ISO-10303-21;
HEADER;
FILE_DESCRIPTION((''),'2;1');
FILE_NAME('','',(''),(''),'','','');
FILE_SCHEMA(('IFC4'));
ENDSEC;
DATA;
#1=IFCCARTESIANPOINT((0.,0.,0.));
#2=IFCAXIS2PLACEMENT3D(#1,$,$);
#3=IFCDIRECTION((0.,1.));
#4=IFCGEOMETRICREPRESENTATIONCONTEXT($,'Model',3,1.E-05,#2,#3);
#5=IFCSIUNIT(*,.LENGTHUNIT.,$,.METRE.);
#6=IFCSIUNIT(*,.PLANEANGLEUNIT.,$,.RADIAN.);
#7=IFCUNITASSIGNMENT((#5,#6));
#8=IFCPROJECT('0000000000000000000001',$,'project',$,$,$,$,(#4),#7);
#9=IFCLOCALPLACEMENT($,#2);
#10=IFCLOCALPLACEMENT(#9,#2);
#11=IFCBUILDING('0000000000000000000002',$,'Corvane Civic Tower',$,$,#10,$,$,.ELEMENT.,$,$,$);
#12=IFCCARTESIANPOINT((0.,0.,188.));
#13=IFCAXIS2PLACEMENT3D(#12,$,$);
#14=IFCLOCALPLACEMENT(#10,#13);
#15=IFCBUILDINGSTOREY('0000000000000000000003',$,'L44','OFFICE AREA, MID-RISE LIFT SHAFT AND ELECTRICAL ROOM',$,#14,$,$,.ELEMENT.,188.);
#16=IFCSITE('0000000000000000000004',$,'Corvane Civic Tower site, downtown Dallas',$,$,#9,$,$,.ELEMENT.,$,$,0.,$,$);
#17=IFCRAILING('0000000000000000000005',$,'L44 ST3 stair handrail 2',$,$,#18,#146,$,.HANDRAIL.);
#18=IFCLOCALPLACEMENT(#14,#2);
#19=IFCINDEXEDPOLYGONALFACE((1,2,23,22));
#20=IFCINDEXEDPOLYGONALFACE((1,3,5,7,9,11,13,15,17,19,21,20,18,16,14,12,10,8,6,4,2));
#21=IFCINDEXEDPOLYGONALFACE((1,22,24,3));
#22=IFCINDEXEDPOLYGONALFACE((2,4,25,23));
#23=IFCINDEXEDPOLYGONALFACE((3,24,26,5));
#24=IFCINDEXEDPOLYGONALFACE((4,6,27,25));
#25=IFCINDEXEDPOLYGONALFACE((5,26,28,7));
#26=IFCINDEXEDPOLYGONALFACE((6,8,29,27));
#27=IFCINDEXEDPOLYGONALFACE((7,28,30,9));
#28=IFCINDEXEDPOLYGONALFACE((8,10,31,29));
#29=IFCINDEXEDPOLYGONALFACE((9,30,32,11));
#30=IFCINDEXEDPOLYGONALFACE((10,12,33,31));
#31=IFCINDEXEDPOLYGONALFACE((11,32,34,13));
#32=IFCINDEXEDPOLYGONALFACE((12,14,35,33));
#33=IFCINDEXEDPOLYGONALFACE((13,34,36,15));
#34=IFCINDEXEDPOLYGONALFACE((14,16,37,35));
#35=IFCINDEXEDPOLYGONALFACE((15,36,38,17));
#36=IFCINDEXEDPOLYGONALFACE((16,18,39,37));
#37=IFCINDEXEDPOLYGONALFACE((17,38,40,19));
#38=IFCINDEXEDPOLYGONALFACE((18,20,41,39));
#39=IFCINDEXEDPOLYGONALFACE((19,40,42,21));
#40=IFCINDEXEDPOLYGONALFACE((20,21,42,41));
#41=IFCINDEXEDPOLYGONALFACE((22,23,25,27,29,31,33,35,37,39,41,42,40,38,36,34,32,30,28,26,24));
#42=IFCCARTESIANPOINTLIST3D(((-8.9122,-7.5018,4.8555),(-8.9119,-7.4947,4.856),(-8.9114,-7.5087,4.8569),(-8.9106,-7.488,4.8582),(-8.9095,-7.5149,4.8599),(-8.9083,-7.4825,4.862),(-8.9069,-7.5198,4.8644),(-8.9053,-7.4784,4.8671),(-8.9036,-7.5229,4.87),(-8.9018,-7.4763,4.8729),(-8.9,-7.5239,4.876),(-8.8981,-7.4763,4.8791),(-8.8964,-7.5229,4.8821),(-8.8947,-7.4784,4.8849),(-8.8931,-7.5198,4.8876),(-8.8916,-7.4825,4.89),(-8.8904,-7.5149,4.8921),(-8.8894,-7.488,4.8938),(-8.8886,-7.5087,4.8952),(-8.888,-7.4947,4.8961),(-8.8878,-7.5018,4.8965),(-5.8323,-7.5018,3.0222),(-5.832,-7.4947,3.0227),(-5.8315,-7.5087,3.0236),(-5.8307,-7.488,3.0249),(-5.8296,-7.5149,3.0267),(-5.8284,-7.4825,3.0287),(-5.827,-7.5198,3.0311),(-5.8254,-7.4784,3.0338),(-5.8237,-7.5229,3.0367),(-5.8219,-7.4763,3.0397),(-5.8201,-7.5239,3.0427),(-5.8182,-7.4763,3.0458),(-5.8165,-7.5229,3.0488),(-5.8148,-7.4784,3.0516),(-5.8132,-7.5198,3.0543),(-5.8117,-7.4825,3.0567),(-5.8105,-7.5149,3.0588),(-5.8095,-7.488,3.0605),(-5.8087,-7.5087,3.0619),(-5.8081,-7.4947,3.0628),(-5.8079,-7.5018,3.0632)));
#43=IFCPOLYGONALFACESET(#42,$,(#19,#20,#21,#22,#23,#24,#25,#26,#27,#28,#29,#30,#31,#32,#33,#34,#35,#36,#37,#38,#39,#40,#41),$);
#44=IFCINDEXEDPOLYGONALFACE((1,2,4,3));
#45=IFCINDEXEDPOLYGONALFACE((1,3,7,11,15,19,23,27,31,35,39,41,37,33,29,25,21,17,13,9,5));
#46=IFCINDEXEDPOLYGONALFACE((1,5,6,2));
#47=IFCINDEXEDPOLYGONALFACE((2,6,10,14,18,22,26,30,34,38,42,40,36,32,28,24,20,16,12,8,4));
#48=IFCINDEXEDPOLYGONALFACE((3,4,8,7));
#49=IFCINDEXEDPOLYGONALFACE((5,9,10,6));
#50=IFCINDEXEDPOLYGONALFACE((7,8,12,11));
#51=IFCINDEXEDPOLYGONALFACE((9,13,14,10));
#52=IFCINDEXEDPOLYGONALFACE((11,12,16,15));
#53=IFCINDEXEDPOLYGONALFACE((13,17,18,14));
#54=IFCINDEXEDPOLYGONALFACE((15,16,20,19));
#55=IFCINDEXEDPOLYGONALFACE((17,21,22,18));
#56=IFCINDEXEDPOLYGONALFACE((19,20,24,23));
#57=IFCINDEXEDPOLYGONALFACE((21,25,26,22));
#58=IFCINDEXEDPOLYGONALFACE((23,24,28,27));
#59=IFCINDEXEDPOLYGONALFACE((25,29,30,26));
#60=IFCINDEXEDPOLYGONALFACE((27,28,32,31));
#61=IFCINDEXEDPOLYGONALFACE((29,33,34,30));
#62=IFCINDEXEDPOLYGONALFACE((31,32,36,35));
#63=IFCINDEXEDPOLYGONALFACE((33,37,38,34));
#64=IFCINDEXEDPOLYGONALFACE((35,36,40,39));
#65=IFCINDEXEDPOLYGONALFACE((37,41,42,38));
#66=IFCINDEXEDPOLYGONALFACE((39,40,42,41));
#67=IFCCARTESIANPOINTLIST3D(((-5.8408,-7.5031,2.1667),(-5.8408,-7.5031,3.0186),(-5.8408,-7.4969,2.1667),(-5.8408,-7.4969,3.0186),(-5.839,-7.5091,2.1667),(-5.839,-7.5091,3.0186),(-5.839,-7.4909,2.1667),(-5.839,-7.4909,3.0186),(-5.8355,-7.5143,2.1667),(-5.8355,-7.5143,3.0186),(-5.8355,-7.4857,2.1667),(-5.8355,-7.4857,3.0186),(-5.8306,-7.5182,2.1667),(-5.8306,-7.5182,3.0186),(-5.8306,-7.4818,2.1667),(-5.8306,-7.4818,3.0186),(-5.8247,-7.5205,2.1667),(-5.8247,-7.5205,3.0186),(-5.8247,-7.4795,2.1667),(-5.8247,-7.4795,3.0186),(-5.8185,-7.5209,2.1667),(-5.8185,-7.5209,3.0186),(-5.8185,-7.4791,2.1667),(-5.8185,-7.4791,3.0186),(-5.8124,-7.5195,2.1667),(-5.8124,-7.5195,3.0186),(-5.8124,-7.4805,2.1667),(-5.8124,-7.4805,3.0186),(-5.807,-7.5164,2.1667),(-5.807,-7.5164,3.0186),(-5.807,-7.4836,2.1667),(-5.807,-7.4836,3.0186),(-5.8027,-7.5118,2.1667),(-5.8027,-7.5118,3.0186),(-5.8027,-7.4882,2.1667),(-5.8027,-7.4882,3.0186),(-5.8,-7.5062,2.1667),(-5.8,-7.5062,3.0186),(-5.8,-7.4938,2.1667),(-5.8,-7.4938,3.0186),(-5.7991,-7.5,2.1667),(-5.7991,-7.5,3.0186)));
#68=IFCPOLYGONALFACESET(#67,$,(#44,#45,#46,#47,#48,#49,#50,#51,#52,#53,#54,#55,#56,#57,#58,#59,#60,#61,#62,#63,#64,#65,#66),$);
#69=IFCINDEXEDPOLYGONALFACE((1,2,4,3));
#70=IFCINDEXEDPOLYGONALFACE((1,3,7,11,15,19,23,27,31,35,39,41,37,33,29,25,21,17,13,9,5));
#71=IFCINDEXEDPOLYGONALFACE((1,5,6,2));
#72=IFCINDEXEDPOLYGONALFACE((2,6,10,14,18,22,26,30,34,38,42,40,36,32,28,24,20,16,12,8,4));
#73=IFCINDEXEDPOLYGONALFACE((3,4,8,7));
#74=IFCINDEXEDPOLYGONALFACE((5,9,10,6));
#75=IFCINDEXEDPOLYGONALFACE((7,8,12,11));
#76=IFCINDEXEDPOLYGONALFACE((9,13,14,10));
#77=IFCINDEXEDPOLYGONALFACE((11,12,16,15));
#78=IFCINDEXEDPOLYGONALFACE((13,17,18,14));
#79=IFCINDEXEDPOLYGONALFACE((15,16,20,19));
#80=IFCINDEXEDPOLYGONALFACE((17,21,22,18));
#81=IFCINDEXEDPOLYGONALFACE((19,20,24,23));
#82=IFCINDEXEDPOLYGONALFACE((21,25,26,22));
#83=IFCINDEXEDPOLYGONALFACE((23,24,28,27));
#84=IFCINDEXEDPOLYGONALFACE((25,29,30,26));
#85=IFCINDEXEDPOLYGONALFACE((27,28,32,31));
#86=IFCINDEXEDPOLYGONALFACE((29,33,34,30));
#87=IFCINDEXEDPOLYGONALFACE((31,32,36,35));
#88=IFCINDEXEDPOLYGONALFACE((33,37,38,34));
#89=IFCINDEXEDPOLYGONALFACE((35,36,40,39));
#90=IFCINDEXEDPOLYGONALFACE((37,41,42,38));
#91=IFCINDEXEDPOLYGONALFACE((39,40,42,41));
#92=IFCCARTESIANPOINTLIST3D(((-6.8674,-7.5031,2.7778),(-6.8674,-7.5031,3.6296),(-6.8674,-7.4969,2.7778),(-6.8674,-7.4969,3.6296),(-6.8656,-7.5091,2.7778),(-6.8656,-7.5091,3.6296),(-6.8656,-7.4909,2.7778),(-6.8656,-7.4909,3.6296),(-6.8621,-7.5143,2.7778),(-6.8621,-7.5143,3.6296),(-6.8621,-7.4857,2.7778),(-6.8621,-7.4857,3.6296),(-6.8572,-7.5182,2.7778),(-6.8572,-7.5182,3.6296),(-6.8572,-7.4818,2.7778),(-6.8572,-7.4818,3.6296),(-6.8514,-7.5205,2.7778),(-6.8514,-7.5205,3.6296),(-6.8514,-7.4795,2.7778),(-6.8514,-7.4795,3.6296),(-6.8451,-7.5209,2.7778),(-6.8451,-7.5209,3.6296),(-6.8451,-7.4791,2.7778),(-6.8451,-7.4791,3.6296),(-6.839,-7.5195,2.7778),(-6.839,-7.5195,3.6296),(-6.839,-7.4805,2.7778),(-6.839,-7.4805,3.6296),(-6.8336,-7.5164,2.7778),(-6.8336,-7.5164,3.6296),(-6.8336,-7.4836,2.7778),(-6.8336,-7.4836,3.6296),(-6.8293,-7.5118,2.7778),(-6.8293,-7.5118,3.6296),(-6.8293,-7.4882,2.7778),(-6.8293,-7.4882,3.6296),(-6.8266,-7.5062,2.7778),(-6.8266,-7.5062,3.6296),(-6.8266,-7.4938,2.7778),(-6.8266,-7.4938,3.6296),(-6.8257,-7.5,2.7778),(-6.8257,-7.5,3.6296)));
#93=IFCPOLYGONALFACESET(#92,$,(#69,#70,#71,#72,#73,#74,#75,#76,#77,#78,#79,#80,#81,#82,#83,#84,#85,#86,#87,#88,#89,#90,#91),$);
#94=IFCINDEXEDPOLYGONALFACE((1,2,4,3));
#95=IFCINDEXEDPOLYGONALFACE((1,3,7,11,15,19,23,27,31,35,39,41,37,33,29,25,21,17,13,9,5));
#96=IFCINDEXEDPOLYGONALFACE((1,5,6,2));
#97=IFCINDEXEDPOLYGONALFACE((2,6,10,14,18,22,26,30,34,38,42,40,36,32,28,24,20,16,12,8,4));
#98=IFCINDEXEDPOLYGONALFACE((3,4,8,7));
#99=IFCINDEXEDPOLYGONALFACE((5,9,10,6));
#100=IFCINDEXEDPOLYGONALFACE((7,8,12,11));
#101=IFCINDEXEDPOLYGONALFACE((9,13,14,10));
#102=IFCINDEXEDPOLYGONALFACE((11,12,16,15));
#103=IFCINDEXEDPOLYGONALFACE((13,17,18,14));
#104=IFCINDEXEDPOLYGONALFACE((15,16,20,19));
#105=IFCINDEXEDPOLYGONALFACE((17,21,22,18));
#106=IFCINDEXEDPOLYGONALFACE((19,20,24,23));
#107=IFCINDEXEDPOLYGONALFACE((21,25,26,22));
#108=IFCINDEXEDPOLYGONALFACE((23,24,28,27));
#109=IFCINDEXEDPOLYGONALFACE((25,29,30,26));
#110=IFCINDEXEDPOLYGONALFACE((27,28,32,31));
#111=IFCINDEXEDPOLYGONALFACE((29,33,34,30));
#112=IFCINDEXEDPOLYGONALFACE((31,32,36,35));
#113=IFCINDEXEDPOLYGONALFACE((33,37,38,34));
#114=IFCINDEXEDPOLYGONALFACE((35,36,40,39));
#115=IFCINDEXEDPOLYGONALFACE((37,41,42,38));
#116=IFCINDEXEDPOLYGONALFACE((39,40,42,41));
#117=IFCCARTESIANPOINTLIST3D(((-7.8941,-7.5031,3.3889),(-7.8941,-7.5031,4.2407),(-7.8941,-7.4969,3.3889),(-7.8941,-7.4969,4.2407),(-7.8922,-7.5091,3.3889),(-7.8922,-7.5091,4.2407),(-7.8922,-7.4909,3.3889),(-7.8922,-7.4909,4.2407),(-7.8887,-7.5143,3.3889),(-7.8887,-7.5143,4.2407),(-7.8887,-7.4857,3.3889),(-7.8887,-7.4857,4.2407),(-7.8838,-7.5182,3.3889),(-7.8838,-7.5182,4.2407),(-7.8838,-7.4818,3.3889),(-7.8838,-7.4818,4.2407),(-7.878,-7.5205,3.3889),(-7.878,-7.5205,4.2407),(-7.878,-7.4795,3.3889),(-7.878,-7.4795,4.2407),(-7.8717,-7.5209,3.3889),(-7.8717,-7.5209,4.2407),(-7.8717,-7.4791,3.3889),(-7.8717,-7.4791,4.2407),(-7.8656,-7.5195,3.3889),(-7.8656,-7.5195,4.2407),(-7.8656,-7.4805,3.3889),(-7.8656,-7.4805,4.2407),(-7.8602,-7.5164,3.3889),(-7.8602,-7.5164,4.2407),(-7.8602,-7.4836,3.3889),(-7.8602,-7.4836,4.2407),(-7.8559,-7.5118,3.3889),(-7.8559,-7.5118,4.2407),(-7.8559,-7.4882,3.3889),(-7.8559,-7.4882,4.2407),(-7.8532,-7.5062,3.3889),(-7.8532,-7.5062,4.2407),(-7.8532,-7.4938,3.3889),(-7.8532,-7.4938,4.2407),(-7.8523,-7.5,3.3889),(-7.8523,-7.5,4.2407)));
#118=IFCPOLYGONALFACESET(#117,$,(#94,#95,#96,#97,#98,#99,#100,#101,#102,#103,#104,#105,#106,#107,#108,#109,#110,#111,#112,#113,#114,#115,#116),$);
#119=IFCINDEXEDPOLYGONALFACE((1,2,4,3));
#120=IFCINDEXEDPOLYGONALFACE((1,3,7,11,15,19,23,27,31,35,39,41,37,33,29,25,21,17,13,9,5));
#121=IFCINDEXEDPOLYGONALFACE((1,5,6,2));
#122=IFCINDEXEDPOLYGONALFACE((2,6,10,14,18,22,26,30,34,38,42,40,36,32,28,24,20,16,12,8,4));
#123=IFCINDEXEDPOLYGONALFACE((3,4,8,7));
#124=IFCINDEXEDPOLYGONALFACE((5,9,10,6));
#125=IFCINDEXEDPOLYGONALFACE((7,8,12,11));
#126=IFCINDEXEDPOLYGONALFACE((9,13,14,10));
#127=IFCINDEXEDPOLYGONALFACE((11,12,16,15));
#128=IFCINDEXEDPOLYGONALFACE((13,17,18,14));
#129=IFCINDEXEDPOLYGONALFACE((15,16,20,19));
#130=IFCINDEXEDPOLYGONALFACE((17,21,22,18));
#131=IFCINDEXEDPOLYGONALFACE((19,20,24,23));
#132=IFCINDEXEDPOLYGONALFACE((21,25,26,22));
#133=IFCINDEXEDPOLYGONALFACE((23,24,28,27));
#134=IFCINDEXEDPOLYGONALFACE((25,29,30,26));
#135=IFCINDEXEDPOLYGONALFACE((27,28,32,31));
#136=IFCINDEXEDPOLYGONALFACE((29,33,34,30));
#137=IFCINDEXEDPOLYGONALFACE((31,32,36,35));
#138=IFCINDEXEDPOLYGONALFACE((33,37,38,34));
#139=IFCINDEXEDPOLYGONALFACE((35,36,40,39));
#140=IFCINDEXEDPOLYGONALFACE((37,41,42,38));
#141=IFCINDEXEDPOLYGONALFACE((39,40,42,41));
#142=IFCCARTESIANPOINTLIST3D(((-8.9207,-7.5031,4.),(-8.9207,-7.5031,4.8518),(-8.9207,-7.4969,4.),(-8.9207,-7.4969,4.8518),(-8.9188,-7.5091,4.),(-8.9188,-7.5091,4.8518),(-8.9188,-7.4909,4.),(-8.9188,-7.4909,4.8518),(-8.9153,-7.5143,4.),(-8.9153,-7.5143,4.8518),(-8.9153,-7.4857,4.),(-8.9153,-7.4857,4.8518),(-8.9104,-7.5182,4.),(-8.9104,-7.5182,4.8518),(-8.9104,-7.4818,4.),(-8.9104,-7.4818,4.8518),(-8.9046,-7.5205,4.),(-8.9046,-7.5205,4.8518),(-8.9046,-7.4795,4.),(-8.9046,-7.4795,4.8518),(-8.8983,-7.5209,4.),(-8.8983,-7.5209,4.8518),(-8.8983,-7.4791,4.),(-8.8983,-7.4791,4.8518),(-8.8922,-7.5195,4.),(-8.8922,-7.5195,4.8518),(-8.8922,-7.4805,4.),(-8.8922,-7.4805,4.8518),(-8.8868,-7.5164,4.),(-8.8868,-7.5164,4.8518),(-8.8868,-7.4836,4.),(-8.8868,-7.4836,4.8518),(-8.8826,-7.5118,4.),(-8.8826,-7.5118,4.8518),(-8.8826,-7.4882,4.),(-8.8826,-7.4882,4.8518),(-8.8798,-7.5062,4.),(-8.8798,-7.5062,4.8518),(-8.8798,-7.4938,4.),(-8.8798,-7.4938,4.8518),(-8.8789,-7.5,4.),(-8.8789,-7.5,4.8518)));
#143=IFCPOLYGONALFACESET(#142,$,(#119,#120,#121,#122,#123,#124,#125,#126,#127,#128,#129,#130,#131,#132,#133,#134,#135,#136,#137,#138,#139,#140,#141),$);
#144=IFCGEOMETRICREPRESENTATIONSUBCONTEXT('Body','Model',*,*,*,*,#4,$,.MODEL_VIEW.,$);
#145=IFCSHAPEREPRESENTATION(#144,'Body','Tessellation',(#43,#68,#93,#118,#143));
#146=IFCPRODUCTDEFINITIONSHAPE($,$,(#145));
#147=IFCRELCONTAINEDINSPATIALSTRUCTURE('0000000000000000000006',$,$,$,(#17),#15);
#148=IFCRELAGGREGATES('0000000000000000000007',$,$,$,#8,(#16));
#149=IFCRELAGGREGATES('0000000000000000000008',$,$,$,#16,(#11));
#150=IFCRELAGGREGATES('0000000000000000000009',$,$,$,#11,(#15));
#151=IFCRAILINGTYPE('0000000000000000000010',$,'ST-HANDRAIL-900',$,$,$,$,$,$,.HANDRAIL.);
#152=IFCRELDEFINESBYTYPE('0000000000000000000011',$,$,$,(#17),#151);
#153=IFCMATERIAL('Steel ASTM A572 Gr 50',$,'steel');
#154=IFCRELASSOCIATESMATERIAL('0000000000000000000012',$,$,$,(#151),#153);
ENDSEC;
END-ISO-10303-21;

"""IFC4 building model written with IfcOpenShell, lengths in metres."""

from ifc_helpers import new_model, si_unit, direction, frame, origin, origin_2d, place, context, subcontext, project, spatial, circle, extrude, material, type_object, element, save


model = new_model("IFC4")

# Units and contexts
model_context = context("Model", 3, precision=1e-05, world=origin(), true_north=direction((0.0, 1.0)))
body_context = subcontext(model_context, "Body", "Model", "MODEL_VIEW")
ifc_project = project(units=[si_unit("LENGTHUNIT", "METRE"), si_unit("PLANEANGLEUNIT", "RADIAN")], contexts=[model_context])

# Site, building, storey
site_placement = place(None, origin())
site = spatial("IfcSite", under=ifc_project, at=site_placement, Name="Corvane Civic Tower site, downtown Dallas", CompositionType="ELEMENT", RefElevation=0.0)
building_placement = place(site_placement, origin())
building = spatial("IfcBuilding", under=site, at=building_placement, Name="Corvane Civic Tower", CompositionType="ELEMENT")
storey_placement = place(building_placement, frame((0.0, 0.0, 188.0)))
storey = spatial("IfcBuildingStorey", under=building, at=storey_placement, Name="L44", Description="OFFICE AREA, MID-RISE LIFT SHAFT AND ELECTRICAL ROOM", CompositionType="ELEMENT", Elevation=188.0)

# Railing
ifc_material_1 = material(Name="Steel ASTM A572 Gr 50", Category="steel")
railing_type_1 = type_object("IfcRailingType", Name="ST-HANDRAIL-900", PredefinedType="HANDRAIL", material=ifc_material_1)
railing_1_placement = place(storey_placement, frame((-5.8201, -7.5, 2.1667)))
element("IfcRailing", 1, at=railing_1_placement, inside=storey, type_object=railing_type_1, Name="L44 ST3 stair handrail 2", PredefinedType="HANDRAIL", context=body_context, shape_type="SweptSolid", body=[
    extrude(circle(Radius=0.0239, at=origin_2d()), frame((0.0, 0.0, 0.876), z_axis=(-0.859291, 0.0, 0.511487), x_axis=(0.0, -1.0, 0.0)), (0.0, 0.0, 1.0), 3.5842),
    extrude(circle(Radius=0.021, at=origin_2d()), origin(), (0.0, 0.0, 1.0), 0.8518),
    extrude(circle(Radius=0.021, at=origin_2d()), frame((-1.0266, 0.0, 0.6111)), (0.0, 0.0, 1.0), 0.8518),
    extrude(circle(Radius=0.021, at=origin_2d()), frame((-2.0532, 0.0, 1.2222)), (0.0, 0.0, 1.0), 0.8518),
    extrude(circle(Radius=0.021, at=origin_2d()), frame((-3.0798, 0.0, 1.8333)), (0.0, 0.0, 1.0), 0.8518),
])

save(model, "model.ifc")
